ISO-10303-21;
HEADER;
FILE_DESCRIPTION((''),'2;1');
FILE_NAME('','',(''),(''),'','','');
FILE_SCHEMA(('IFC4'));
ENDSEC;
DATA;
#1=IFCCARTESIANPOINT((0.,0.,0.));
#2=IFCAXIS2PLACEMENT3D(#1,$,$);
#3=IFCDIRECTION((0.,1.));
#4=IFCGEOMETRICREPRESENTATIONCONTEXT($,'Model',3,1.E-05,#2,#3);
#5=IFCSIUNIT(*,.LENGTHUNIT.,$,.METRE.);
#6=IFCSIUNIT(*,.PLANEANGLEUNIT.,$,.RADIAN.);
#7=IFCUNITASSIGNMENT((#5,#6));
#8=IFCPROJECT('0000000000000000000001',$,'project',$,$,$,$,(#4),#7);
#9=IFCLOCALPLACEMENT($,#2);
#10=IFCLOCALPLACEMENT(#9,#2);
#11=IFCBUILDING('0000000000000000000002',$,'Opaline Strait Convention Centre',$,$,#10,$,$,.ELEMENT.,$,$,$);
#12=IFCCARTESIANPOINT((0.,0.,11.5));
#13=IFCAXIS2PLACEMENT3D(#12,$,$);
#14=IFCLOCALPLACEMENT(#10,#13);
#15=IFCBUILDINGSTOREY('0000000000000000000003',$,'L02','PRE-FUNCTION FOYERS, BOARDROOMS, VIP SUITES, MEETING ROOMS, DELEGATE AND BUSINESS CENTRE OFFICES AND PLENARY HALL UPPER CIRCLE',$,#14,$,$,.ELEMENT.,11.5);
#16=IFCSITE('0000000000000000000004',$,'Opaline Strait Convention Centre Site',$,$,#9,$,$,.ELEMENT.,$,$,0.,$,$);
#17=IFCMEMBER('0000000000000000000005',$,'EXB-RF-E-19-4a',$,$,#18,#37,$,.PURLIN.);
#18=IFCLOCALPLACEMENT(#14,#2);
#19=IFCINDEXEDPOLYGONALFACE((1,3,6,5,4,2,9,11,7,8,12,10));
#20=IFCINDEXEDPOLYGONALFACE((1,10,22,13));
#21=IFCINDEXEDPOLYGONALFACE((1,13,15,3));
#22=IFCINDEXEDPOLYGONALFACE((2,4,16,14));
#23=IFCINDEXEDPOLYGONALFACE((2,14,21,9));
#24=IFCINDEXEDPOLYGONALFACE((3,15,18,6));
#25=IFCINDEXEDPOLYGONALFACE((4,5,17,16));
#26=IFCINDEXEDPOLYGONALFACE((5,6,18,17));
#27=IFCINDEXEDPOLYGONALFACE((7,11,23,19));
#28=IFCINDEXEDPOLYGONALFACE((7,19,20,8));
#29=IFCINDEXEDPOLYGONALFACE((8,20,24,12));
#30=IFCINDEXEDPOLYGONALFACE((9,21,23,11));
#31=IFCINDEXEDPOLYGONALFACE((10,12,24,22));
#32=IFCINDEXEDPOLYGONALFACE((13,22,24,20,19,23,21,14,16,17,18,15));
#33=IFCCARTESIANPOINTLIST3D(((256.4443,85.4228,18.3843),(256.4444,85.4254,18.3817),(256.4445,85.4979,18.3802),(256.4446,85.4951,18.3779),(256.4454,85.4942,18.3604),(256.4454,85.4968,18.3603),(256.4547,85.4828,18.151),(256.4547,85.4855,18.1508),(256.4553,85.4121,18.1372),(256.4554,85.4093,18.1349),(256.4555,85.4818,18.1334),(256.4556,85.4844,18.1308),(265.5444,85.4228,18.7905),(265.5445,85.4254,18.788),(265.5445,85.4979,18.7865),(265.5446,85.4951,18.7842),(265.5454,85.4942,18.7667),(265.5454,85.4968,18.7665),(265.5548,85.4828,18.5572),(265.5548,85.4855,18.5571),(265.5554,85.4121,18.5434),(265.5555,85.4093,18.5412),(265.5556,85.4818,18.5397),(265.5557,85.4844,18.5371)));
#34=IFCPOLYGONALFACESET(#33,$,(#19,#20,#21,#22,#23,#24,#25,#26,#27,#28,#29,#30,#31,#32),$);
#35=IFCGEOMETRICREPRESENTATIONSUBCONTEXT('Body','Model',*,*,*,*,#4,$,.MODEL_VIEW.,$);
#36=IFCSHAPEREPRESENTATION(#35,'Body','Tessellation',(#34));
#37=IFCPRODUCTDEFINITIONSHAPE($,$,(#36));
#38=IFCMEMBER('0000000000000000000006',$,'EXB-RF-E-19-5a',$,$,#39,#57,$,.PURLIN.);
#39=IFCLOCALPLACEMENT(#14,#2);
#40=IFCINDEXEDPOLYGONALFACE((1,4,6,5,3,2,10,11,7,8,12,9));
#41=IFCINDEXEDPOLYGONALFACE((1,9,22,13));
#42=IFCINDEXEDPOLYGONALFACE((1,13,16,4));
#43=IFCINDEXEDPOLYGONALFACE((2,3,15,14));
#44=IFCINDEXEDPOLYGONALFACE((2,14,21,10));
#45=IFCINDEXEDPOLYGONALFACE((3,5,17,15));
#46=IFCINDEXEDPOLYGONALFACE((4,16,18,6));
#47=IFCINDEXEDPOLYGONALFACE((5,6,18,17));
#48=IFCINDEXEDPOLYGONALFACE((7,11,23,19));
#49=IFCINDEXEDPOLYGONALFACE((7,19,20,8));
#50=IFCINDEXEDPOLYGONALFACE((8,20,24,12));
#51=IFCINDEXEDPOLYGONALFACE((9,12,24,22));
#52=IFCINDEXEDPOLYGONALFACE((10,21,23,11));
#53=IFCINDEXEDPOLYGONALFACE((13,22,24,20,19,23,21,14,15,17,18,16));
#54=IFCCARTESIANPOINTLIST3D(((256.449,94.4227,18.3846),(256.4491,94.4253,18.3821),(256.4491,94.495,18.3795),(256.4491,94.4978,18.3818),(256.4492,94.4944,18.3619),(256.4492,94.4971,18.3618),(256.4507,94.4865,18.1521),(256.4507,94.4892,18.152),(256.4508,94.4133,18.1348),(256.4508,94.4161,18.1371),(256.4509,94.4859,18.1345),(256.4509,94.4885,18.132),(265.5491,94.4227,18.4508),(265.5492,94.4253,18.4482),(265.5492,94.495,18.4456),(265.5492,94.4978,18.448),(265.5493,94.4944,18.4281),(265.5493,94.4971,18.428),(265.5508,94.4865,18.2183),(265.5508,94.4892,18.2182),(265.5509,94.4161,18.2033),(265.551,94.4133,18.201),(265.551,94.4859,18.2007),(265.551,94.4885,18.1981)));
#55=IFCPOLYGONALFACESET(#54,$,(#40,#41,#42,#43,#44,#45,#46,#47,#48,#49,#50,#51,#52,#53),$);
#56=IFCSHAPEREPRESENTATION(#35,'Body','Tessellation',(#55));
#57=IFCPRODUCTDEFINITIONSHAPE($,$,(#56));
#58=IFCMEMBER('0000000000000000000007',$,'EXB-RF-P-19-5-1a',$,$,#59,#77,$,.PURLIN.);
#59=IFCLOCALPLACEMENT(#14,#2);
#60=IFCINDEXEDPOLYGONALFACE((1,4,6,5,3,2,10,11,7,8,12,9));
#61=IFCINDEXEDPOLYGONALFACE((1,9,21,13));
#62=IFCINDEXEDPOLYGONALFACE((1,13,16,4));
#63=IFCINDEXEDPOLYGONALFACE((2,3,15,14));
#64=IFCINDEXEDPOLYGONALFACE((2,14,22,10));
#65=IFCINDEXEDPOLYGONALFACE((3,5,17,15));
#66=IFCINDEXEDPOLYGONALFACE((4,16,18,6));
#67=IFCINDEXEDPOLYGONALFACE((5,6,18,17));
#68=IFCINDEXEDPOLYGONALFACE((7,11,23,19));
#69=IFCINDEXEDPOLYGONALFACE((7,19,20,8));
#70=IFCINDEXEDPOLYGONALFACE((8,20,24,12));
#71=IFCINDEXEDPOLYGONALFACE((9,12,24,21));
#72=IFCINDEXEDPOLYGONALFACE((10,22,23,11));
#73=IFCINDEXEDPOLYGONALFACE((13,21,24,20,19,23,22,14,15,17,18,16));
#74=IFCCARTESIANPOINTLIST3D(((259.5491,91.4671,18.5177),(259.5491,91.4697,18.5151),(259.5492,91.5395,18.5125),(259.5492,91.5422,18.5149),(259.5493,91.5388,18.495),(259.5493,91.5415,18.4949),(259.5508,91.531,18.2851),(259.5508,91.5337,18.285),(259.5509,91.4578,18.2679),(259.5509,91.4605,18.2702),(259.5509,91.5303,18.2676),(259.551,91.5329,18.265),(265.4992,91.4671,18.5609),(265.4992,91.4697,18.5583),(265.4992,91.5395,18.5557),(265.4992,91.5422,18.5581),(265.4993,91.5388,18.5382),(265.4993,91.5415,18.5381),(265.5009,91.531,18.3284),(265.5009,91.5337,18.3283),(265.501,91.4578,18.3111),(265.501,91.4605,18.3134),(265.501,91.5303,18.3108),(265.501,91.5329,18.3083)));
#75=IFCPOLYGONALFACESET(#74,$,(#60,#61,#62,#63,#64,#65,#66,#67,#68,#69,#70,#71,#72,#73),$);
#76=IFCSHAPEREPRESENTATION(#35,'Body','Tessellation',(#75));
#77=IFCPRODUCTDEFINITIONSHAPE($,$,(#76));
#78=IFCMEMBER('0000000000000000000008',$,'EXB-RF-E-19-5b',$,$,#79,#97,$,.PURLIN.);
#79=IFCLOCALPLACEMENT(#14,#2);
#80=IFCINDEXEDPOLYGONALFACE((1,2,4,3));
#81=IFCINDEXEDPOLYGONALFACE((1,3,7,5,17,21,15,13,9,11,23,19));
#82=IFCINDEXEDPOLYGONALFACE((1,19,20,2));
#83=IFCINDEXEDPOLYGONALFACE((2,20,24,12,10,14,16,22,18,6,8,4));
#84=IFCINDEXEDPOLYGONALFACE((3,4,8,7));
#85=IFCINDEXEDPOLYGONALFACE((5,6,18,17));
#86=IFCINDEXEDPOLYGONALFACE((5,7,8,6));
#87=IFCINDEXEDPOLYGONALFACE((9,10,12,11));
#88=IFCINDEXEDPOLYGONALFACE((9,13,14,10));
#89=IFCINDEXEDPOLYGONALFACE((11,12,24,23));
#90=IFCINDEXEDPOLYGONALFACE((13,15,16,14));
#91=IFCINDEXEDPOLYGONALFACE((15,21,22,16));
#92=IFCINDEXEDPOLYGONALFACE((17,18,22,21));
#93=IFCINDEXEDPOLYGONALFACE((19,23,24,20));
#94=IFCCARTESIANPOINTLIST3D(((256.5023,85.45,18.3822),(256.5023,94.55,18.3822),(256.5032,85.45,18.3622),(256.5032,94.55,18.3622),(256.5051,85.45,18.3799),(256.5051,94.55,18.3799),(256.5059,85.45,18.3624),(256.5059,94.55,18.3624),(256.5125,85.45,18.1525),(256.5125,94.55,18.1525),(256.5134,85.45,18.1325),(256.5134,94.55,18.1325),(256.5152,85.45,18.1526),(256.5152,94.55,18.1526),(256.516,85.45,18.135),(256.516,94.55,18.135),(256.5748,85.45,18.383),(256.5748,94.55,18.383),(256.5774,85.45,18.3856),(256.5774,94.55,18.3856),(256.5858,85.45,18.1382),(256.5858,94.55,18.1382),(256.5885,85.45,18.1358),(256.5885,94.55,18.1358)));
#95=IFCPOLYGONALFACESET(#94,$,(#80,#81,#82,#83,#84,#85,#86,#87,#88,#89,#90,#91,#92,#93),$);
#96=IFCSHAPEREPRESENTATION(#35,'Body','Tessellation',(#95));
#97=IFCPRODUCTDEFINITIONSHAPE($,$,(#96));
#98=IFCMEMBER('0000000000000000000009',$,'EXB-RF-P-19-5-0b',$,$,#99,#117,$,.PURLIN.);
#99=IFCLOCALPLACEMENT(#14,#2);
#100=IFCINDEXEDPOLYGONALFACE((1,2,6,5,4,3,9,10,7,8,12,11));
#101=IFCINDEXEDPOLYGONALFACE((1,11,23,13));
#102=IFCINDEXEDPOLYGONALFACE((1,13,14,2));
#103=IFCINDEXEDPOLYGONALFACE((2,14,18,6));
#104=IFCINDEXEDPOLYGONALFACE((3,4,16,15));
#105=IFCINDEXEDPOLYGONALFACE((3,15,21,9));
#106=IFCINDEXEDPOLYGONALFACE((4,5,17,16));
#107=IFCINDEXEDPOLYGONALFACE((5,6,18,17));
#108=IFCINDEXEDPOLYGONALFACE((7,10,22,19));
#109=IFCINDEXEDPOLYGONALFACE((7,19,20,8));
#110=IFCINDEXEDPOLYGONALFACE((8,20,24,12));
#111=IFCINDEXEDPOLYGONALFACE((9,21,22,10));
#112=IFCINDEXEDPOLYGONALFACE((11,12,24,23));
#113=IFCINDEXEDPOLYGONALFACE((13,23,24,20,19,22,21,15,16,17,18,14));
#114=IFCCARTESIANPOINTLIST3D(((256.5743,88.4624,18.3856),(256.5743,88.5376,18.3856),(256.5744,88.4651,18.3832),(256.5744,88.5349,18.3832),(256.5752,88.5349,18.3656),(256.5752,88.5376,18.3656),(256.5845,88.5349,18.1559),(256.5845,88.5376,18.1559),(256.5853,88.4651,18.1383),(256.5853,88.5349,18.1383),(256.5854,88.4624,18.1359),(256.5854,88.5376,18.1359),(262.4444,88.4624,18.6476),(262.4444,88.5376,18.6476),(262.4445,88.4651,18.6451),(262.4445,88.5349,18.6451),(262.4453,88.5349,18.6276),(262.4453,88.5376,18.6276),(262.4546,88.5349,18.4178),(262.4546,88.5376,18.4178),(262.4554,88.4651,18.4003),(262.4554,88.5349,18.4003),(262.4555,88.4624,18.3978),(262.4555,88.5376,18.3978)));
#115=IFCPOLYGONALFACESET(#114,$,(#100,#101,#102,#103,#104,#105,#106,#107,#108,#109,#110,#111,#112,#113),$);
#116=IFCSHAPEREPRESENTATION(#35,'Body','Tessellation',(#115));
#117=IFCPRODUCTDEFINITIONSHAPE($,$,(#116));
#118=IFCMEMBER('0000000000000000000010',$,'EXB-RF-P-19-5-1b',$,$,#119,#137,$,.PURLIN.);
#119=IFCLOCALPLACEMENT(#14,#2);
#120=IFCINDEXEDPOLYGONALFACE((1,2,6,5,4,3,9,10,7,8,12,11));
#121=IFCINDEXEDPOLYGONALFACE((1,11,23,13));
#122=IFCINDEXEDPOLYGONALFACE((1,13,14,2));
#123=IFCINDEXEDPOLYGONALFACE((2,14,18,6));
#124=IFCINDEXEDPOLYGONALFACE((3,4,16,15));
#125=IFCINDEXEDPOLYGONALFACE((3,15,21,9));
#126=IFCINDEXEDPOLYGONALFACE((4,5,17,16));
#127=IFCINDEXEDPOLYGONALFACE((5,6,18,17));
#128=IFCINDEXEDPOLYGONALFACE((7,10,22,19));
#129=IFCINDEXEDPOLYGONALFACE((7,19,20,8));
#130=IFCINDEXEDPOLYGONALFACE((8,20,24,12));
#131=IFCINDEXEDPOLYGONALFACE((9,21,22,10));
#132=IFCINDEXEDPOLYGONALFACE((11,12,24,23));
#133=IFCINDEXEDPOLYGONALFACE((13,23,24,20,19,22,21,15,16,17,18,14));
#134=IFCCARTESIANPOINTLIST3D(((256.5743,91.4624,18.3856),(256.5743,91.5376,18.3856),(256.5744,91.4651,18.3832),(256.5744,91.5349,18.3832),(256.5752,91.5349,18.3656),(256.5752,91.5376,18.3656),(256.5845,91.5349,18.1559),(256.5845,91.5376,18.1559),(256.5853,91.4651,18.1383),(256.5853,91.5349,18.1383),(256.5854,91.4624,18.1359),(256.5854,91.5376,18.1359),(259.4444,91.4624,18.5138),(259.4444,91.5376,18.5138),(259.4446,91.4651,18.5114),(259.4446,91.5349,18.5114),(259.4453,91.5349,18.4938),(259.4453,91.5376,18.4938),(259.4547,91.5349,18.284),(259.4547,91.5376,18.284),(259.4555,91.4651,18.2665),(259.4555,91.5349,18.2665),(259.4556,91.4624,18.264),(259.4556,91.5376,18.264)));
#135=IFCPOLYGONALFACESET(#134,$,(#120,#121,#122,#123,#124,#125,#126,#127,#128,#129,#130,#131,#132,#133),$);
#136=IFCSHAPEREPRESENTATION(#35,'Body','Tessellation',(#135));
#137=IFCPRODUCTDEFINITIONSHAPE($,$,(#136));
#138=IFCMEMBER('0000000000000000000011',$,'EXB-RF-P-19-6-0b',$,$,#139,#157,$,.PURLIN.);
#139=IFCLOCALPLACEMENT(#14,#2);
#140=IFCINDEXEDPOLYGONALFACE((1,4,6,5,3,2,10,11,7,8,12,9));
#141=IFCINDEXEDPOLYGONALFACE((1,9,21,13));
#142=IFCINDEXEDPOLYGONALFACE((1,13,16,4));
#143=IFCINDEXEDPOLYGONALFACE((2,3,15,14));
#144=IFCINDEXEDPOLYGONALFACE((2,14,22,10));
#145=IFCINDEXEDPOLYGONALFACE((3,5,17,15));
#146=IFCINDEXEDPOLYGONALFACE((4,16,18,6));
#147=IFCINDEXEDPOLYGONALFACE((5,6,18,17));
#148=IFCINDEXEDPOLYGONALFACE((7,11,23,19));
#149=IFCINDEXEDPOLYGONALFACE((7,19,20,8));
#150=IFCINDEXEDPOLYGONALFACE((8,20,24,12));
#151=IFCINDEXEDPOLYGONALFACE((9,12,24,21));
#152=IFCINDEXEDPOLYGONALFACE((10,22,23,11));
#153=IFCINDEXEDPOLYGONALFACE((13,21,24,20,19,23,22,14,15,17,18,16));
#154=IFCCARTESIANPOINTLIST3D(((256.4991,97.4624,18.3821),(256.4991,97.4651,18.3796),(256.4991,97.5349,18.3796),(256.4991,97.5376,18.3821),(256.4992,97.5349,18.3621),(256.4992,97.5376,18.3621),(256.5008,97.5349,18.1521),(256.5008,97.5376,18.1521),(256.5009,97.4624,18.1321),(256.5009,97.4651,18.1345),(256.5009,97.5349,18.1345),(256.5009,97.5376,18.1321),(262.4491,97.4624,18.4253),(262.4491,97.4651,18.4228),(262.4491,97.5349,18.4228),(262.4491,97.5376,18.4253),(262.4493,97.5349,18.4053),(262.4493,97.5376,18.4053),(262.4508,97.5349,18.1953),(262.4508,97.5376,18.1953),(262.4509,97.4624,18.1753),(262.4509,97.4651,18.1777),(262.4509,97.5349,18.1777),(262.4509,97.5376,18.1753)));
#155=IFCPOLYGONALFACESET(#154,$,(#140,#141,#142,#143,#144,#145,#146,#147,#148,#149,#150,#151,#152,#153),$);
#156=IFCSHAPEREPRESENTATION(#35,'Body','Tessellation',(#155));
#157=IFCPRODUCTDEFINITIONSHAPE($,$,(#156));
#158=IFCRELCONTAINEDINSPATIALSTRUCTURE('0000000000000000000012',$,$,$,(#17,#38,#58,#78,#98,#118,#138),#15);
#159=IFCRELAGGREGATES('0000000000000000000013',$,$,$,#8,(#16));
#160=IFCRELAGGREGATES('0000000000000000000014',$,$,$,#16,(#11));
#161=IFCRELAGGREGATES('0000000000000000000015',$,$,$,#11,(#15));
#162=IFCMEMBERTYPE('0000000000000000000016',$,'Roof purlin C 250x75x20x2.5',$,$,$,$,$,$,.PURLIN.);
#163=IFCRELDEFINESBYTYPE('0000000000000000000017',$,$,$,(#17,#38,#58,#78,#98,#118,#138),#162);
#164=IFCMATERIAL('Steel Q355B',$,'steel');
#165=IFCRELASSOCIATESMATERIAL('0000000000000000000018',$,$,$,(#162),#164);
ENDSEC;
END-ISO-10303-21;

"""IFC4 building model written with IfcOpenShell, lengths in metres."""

from ifc_helpers import new_model, si_unit, direction, frame, origin, place, context, subcontext, project, spatial, polyline, outline, extrude, material, material_profile, profile_set, type_object, element, save


model = new_model("IFC4")

# Units and contexts
model_context = context("Model", 3, precision=1e-05, world=origin(), true_north=direction((0.0, 1.0)))
body_context = subcontext(model_context, "Body", "Model", "MODEL_VIEW")
ifc_project = project(units=[si_unit("LENGTHUNIT", "METRE"), si_unit("PLANEANGLEUNIT", "RADIAN")], contexts=[model_context])

# Site, building, storey
site_placement = place(None, origin())
site = spatial("IfcSite", under=ifc_project, at=site_placement, Name="Opaline Strait Convention Centre Site", CompositionType="ELEMENT", RefElevation=0.0)
building_placement = place(site_placement, origin())
building = spatial("IfcBuilding", under=site, at=building_placement, Name="Opaline Strait Convention Centre", CompositionType="ELEMENT")
storey_placement = place(building_placement, frame((0.0, 0.0, 11.5)))
storey = spatial("IfcBuildingStorey", under=building, at=storey_placement, Name="L02", Description="PRE-FUNCTION FOYERS, BOARDROOMS, VIP SUITES, MEETING ROOMS, DELEGATE AND BUSINESS CENTRE OFFICES AND PLENARY HALL UPPER CIRCLE", CompositionType="ELEMENT", Elevation=11.5)

# Members
ifc_material = material(Name="Steel Q355B", Category="steel")
ifc_material_profile_1 = material_profile(ifc_material, outline(polyline([(-0.0376, -0.125), (0.0376, -0.125), (0.0376, -0.105), (0.0349, -0.105), (0.0349, -0.1226), (-0.0349, -0.1226), (-0.0349, 0.1226), (0.0349, 0.1226), (0.0349, 0.105), (0.0376, 0.105), (0.0376, 0.125), (-0.0376, 0.125), (-0.0376, -0.125)])), Name="C 250x75x20x2.5")
ifc_profile_set_1 = profile_set([ifc_material_profile_1], Name="Steel Q355B")
member_type_1 = type_object("IfcMemberType", Name="Roof purlin C 250x75x20x2.5", PredefinedType="PURLIN", material=ifc_profile_set_1)
member_1_placement = place(storey_placement, frame((256.45, 85.4536, 18.2576), z_axis=(0.999005, 0.0, 0.044598), x_axis=(0.002412, 0.998537, -0.05402)))
element("IfcMember", 1, at=member_1_placement, inside=storey, type_object=member_type_1, Name="EXB-RF-E-19-4a", PredefinedType="PURLIN", context=body_context, shape_type="SweptSolid", body=[
    extrude(outline(polyline([(-0.0376, -0.125), (0.0376, -0.125), (0.0376, -0.105), (0.0349, -0.105), (0.0349, -0.1226), (-0.0349, -0.1226), (-0.0349, 0.1226), (0.0349, 0.1226), (0.0349, 0.105), (0.0376, 0.105), (0.0376, 0.125), (-0.0376, 0.125), (-0.0376, -0.125)])), origin(), (0.0, 0.0, 1.0), 9.1091),
])
member_2_placement = place(storey_placement, frame((256.45, 94.4556, 18.2583), z_axis=(0.999974, 0.0, 0.00727), x_axis=(0.000272, 0.999302, -0.037349)))
element("IfcMember", 2, at=member_2_placement, inside=storey, type_object=member_type_1, Name="EXB-RF-E-19-5a", PredefinedType="PURLIN", context=body_context, shape_type="SweptSolid", body=[
    extrude(outline(polyline([(-0.0376, -0.125), (0.0376, -0.125), (0.0376, -0.105), (0.0349, -0.105), (0.0349, -0.1226), (-0.0349, -0.1226), (-0.0349, 0.1226), (0.0349, 0.1226), (0.0349, 0.105), (0.0376, 0.105), (0.0376, 0.125), (-0.0376, 0.125), (-0.0376, -0.125)])), origin(), (0.0, 0.0, 1.0), 9.1003),
])
member_3_placement = place(storey_placement, frame((259.55, 91.5, 18.3914), z_axis=(0.999974, 0.0, 0.007263), x_axis=(0.000271, 0.999302, -0.037351)))
element("IfcMember", 3, at=member_3_placement, inside=storey, type_object=member_type_1, Name="EXB-RF-P-19-5-1a", PredefinedType="PURLIN", context=body_context, shape_type="SweptSolid", body=[
    extrude(outline(polyline([(-0.0376, -0.125), (0.0376, -0.125), (0.0376, -0.105), (0.0349, -0.105), (0.0349, -0.1226), (-0.0349, -0.1226), (-0.0349, 0.1226), (0.0349, 0.1226), (0.0349, 0.105), (0.0376, 0.105), (0.0376, 0.125), (-0.0376, 0.125), (-0.0376, -0.125)])), origin(), (0.0, 0.0, 1.0), 5.9502),
])
member_4_placement = place(storey_placement, frame((256.5454, 85.45, 18.259), z_axis=(0.0, 1.0, 0.0), x_axis=(-0.999005, 0.0, -0.044606)))
element("IfcMember", 4, at=member_4_placement, inside=storey, type_object=member_type_1, Name="EXB-RF-E-19-5b", PredefinedType="PURLIN", context=body_context, shape_type="SweptSolid", body=[
    extrude(outline(polyline([(-0.0376, -0.125), (0.0376, -0.125), (0.0376, -0.105), (0.0349, -0.105), (0.0349, -0.1226), (-0.0349, -0.1226), (-0.0349, 0.1226), (0.0349, 0.1226), (0.0349, 0.105), (0.0376, 0.105), (0.0376, 0.125), (-0.0376, 0.125), (-0.0376, -0.125)])), origin(), (0.0, 0.0, 1.0), 9.1001),
])
member_5_placement = place(storey_placement, frame((256.5798, 88.5, 18.2607), z_axis=(0.999006, 0.0, 0.044582), x_axis=(0.0, 1.0, 0.0)))
element("IfcMember", 5, at=member_5_placement, inside=storey, type_object=member_type_1, Name="EXB-RF-P-19-5-0b", PredefinedType="PURLIN", context=body_context, shape_type="SweptSolid", body=[
    extrude(outline(polyline([(-0.0376, -0.125), (0.0376, -0.125), (0.0376, -0.105), (0.0349, -0.105), (0.0349, -0.1226), (-0.0349, -0.1226), (-0.0349, 0.1226), (0.0349, 0.1226), (0.0349, 0.105), (0.0376, 0.105), (0.0376, 0.125), (-0.0376, 0.125), (-0.0376, -0.125)])), origin(), (0.0, 0.0, 1.0), 5.876),
])
member_6_placement = place(storey_placement, frame((256.5798, 91.5, 18.2607), z_axis=(0.999004, 0.0, 0.044614), x_axis=(0.0, 1.0, 0.0)))
element("IfcMember", 6, at=member_6_placement, inside=storey, type_object=member_type_1, Name="EXB-RF-P-19-5-1b", PredefinedType="PURLIN", context=body_context, shape_type="SweptSolid", body=[
    extrude(outline(polyline([(-0.0376, -0.125), (0.0376, -0.125), (0.0376, -0.105), (0.0349, -0.105), (0.0349, -0.1226), (-0.0349, -0.1226), (-0.0349, 0.1226), (0.0349, 0.1226), (0.0349, 0.105), (0.0376, 0.105), (0.0376, 0.125), (-0.0376, 0.125), (-0.0376, -0.125)])), origin(), (0.0, 0.0, 1.0), 2.873),
])
member_7_placement = place(storey_placement, frame((256.5, 97.5, 18.2571), z_axis=(0.999974, 0.0, 0.007263), x_axis=(0.0, 1.0, 0.0)))
element("IfcMember", 7, at=member_7_placement, inside=storey, type_object=member_type_1, Name="EXB-RF-P-19-6-0b", PredefinedType="PURLIN", context=body_context, shape_type="SweptSolid", body=[
    extrude(outline(polyline([(-0.0376, -0.125), (0.0376, -0.125), (0.0376, -0.105), (0.0349, -0.105), (0.0349, -0.1226), (-0.0349, -0.1226), (-0.0349, 0.1226), (0.0349, 0.1226), (0.0349, 0.105), (0.0376, 0.105), (0.0376, 0.125), (-0.0376, 0.125), (-0.0376, -0.125)])), origin(), (0.0, 0.0, 1.0), 5.9502),
])

save(model, "model.ifc")
